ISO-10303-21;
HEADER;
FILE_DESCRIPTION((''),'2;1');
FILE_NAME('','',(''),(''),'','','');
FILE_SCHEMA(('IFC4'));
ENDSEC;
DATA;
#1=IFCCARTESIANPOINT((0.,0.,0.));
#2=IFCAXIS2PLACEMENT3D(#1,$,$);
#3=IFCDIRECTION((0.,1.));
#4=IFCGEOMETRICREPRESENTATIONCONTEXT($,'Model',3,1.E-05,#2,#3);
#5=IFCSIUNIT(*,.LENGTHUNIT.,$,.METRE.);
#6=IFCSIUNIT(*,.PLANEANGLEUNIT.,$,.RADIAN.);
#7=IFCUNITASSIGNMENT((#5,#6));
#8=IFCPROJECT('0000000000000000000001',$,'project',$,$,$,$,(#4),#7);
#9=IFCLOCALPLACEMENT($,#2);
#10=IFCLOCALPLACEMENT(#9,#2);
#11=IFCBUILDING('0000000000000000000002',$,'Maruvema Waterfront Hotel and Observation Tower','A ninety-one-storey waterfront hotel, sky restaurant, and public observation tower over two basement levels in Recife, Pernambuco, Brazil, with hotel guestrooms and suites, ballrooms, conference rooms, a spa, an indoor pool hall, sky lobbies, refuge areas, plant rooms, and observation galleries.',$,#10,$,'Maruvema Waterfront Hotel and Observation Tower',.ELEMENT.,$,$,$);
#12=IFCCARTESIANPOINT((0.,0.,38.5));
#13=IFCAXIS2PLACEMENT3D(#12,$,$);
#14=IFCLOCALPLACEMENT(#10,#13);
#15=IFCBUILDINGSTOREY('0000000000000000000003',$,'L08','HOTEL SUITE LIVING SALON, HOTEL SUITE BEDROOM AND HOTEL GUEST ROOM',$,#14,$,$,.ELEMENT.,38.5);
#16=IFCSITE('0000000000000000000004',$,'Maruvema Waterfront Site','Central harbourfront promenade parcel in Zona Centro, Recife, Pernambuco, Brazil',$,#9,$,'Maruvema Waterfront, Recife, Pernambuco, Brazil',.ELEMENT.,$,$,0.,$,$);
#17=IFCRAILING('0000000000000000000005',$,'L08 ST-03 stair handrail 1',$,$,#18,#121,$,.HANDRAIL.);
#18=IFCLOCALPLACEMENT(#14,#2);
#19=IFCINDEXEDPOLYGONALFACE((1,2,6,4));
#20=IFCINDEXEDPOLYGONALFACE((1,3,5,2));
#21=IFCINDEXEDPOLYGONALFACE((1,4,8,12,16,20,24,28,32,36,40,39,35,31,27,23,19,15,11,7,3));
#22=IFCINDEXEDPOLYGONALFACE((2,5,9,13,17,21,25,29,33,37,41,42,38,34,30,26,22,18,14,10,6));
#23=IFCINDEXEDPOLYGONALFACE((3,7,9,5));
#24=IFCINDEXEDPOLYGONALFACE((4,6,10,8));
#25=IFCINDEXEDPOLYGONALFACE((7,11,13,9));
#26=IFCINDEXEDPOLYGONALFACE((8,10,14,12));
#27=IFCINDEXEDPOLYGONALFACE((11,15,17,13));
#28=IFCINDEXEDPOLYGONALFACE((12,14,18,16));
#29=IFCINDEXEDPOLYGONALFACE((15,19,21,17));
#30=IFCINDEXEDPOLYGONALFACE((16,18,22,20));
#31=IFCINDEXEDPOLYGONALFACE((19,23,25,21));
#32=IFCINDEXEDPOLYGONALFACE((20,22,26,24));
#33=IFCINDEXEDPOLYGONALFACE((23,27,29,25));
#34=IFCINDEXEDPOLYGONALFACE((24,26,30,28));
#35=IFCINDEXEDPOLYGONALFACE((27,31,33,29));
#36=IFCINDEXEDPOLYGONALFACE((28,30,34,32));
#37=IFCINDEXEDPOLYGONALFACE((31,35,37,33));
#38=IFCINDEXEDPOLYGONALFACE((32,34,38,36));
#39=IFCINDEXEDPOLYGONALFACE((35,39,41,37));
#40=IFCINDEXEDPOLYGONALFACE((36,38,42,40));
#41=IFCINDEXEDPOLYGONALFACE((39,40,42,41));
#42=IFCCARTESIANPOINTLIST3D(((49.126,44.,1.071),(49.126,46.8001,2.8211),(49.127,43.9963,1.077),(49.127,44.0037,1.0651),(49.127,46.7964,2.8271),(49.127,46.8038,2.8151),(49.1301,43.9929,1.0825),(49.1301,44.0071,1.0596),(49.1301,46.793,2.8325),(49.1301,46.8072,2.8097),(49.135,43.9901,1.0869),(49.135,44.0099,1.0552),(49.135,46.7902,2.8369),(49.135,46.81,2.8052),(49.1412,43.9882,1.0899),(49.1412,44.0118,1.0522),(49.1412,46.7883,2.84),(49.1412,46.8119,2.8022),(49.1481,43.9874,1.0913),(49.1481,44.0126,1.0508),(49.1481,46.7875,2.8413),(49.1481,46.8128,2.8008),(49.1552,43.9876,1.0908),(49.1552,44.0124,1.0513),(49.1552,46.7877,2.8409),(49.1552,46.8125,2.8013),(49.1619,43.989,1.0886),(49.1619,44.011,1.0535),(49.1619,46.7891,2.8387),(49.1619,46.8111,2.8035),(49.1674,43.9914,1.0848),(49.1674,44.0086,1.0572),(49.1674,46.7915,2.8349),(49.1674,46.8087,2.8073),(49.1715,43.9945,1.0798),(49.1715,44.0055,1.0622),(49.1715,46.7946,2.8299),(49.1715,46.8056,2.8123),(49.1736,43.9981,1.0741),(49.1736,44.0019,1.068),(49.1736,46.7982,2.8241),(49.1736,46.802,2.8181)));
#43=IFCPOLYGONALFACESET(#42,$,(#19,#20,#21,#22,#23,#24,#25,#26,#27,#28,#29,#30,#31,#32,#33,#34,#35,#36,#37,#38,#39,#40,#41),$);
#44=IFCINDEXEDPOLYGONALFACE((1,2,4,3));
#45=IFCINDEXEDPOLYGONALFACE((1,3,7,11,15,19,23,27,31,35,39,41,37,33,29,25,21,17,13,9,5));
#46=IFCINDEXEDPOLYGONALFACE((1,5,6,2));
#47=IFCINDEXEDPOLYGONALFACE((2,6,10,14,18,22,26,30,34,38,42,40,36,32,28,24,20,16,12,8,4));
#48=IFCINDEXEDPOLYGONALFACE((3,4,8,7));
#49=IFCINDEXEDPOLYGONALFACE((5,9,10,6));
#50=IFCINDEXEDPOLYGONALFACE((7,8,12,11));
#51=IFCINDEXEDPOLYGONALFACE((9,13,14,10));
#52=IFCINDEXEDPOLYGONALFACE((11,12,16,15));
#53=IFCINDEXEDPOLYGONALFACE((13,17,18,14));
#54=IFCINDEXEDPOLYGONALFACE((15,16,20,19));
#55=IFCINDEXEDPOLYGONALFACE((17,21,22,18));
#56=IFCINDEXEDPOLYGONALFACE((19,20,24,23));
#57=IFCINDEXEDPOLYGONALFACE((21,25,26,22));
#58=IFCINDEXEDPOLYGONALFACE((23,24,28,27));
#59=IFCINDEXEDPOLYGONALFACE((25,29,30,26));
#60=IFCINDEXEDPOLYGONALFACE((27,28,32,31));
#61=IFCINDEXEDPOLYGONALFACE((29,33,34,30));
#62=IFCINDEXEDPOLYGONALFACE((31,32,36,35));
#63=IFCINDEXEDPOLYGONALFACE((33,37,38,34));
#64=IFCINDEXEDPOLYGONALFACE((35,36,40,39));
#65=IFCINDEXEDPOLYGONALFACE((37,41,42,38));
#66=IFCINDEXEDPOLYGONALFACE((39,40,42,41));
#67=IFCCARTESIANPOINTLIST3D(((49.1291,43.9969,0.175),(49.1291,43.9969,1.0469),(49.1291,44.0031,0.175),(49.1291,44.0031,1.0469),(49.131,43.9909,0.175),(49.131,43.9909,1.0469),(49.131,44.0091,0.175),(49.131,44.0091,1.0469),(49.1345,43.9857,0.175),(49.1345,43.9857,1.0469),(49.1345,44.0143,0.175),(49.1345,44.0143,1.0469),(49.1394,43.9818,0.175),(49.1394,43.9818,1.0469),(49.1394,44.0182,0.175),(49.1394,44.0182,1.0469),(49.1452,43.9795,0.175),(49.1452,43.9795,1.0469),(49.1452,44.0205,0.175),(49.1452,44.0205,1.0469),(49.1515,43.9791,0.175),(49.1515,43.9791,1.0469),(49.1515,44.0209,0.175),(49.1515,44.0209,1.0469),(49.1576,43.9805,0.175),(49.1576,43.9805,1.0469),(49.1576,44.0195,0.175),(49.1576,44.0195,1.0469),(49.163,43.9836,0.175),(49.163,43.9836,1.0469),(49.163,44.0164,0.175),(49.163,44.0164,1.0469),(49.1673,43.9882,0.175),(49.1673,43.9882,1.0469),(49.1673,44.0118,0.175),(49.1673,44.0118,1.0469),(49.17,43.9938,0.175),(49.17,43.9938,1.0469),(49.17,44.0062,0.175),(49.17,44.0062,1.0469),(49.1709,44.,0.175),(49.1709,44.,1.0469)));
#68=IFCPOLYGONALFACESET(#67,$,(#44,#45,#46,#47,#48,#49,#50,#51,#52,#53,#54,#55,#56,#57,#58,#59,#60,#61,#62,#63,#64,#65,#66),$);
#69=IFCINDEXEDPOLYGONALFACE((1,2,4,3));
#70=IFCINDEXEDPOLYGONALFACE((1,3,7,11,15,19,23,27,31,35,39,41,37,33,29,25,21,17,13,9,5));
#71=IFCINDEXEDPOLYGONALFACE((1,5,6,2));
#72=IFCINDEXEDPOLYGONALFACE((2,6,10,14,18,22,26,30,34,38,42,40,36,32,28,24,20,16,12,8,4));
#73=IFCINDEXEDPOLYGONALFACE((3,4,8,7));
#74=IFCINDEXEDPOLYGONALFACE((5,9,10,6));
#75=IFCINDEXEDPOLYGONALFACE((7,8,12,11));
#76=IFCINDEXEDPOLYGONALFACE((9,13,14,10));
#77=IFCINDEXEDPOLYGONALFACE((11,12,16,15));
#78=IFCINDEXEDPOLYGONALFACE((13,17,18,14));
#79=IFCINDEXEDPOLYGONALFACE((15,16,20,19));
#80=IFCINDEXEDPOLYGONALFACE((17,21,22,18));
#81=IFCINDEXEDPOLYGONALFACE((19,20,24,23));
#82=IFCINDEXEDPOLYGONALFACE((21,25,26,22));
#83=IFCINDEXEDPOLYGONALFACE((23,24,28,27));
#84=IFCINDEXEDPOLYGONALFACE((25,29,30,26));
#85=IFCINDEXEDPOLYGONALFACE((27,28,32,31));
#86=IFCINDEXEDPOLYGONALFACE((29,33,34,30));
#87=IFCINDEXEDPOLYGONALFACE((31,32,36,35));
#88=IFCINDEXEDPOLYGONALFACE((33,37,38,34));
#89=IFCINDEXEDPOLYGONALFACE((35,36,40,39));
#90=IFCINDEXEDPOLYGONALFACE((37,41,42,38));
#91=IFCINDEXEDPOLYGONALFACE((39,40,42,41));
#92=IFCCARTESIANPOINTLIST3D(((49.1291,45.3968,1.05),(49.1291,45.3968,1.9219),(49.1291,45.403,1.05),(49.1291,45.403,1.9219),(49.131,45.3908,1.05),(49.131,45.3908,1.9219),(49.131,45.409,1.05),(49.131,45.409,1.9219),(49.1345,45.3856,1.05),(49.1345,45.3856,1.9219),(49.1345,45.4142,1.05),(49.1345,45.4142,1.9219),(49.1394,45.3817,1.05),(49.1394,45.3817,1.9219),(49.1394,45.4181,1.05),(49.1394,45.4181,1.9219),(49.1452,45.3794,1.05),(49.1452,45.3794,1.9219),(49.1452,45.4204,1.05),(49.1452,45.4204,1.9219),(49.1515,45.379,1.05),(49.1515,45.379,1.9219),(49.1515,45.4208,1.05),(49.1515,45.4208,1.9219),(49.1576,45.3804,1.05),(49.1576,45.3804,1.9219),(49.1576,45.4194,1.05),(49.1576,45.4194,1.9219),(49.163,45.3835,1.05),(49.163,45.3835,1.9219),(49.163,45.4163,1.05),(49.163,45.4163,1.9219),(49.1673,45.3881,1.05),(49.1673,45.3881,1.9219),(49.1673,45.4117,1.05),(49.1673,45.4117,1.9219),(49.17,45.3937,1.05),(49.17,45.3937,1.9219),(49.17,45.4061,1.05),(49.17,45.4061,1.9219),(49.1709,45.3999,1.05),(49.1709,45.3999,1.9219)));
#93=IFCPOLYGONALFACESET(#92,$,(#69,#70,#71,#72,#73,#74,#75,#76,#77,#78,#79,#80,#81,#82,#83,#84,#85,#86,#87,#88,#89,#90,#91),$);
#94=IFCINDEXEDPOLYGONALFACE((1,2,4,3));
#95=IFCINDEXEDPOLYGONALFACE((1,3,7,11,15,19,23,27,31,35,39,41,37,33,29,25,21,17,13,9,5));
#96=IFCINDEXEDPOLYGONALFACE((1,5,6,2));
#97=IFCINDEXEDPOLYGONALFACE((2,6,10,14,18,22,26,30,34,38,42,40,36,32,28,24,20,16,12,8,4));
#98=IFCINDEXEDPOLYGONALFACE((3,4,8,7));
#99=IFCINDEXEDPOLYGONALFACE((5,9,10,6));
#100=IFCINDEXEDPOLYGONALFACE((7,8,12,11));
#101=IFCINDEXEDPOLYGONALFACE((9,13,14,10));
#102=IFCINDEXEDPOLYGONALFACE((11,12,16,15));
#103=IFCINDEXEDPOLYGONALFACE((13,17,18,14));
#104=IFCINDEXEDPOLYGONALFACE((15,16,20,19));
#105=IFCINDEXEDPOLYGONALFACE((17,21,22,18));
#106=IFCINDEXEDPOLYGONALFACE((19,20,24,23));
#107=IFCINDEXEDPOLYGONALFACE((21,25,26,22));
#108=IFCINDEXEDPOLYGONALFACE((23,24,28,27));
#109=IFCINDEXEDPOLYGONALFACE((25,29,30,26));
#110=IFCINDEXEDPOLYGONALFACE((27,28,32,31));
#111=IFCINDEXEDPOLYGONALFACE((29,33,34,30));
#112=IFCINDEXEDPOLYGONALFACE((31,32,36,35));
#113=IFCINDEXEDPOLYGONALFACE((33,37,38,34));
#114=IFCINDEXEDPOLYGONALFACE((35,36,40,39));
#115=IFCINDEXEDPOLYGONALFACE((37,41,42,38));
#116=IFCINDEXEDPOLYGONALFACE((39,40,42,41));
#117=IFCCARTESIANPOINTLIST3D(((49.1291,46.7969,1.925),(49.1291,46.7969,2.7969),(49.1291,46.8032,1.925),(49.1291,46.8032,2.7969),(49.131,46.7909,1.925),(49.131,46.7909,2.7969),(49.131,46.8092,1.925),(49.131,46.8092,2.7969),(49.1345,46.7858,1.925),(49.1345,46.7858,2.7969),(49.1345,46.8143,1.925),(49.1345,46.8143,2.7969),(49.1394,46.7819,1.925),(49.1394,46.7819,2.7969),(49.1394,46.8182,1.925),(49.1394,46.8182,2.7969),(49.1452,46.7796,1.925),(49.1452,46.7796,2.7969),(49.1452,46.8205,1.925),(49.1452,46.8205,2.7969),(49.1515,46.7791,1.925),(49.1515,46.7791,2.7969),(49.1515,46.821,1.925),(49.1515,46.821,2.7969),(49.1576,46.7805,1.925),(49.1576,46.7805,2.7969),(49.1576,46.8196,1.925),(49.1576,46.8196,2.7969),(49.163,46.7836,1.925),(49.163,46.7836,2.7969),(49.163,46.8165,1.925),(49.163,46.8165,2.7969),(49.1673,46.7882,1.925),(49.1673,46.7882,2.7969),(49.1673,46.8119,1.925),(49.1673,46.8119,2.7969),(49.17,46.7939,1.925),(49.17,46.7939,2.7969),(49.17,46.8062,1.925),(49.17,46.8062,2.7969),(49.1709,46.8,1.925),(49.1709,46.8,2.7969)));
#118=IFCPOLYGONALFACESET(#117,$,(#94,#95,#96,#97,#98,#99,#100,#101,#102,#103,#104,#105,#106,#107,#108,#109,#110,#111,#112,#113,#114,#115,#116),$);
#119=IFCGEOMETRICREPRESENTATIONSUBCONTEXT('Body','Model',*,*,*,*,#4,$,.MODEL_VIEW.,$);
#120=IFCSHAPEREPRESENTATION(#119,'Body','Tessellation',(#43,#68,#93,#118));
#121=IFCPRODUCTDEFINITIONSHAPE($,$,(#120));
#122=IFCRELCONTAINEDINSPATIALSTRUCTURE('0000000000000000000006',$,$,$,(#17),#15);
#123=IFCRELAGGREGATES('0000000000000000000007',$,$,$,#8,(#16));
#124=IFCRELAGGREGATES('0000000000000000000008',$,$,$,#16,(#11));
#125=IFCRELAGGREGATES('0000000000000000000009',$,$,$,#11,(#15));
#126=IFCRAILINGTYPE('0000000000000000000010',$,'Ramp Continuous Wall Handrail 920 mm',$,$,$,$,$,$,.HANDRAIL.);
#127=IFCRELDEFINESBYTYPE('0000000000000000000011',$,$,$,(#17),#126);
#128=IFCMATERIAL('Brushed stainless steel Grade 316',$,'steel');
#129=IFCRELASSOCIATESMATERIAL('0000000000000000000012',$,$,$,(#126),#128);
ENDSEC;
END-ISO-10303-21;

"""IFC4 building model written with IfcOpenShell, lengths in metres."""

from ifc_helpers import new_model, si_unit, direction, frame, origin, origin_2d, place, context, subcontext, project, spatial, circle, extrude, material, type_object, element, save


model = new_model("IFC4")

# Units and contexts
model_context = context("Model", 3, precision=1e-05, world=origin(), true_north=direction((0.0, 1.0)))
body_context = subcontext(model_context, "Body", "Model", "MODEL_VIEW")
ifc_project = project(units=[si_unit("LENGTHUNIT", "METRE"), si_unit("PLANEANGLEUNIT", "RADIAN")], contexts=[model_context])

# Site, building, storey
site_placement = place(None, origin())
site = spatial("IfcSite", under=ifc_project, at=site_placement, Name="Maruvema Waterfront Site", Description="Central harbourfront promenade parcel in Zona Centro, Recife, Pernambuco, Brazil", LongName="Maruvema Waterfront, Recife, Pernambuco, Brazil", CompositionType="ELEMENT", RefElevation=0.0)
building_placement = place(site_placement, origin())
building = spatial("IfcBuilding", under=site, at=building_placement, Name="Maruvema Waterfront Hotel and Observation Tower", Description="A ninety-one-storey waterfront hotel, sky restaurant, and public observation tower over two basement levels in Recife, Pernambuco, Brazil, with hotel guestrooms and suites, ballrooms, conference rooms, a spa, an indoor pool hall, sky lobbies, refuge areas, plant rooms, and observation galleries.", LongName="Maruvema Waterfront Hotel and Observation Tower", CompositionType="ELEMENT")
storey_placement = place(building_placement, frame((0.0, 0.0, 38.5)))
storey = spatial("IfcBuildingStorey", under=building, at=storey_placement, Name="L08", Description="HOTEL SUITE LIVING SALON, HOTEL SUITE BEDROOM AND HOTEL GUEST ROOM", CompositionType="ELEMENT", Elevation=38.5)

# Railing
ifc_material_1 = material(Name="Brushed stainless steel Grade 316", Category="steel")
railing_type_1 = type_object("IfcRailingType", Name="Ramp Continuous Wall Handrail 920 mm", PredefinedType="HANDRAIL", material=ifc_material_1)
railing_1_placement = place(storey_placement, frame((49.1499, 44.0, 0.175)))
element("IfcRailing", 1, at=railing_1_placement, inside=storey, type_object=railing_type_1, Name="L08 ST-03 stair handrail 1", PredefinedType="HANDRAIL", context=body_context, shape_type="SweptSolid", body=[
    extrude(circle(Radius=0.0239, at=origin_2d()), frame((0.0, 0.0, 0.896), z_axis=(0.0, 0.848002, 0.529992), x_axis=(-1.0, 0.0, 0.0)), (0.0, 0.0, 1.0), 3.302),
    extrude(circle(Radius=0.021, at=origin_2d()), origin(), (0.0, 0.0, 1.0), 0.8718),
    extrude(circle(Radius=0.021, at=origin_2d()), frame((0.0, 1.3999, 0.875)), (0.0, 0.0, 1.0), 0.8718),
    extrude(circle(Radius=0.021, at=origin_2d()), frame((0.0, 2.8, 1.75)), (0.0, 0.0, 1.0), 0.8718),
])

save(model, "model.ifc")
